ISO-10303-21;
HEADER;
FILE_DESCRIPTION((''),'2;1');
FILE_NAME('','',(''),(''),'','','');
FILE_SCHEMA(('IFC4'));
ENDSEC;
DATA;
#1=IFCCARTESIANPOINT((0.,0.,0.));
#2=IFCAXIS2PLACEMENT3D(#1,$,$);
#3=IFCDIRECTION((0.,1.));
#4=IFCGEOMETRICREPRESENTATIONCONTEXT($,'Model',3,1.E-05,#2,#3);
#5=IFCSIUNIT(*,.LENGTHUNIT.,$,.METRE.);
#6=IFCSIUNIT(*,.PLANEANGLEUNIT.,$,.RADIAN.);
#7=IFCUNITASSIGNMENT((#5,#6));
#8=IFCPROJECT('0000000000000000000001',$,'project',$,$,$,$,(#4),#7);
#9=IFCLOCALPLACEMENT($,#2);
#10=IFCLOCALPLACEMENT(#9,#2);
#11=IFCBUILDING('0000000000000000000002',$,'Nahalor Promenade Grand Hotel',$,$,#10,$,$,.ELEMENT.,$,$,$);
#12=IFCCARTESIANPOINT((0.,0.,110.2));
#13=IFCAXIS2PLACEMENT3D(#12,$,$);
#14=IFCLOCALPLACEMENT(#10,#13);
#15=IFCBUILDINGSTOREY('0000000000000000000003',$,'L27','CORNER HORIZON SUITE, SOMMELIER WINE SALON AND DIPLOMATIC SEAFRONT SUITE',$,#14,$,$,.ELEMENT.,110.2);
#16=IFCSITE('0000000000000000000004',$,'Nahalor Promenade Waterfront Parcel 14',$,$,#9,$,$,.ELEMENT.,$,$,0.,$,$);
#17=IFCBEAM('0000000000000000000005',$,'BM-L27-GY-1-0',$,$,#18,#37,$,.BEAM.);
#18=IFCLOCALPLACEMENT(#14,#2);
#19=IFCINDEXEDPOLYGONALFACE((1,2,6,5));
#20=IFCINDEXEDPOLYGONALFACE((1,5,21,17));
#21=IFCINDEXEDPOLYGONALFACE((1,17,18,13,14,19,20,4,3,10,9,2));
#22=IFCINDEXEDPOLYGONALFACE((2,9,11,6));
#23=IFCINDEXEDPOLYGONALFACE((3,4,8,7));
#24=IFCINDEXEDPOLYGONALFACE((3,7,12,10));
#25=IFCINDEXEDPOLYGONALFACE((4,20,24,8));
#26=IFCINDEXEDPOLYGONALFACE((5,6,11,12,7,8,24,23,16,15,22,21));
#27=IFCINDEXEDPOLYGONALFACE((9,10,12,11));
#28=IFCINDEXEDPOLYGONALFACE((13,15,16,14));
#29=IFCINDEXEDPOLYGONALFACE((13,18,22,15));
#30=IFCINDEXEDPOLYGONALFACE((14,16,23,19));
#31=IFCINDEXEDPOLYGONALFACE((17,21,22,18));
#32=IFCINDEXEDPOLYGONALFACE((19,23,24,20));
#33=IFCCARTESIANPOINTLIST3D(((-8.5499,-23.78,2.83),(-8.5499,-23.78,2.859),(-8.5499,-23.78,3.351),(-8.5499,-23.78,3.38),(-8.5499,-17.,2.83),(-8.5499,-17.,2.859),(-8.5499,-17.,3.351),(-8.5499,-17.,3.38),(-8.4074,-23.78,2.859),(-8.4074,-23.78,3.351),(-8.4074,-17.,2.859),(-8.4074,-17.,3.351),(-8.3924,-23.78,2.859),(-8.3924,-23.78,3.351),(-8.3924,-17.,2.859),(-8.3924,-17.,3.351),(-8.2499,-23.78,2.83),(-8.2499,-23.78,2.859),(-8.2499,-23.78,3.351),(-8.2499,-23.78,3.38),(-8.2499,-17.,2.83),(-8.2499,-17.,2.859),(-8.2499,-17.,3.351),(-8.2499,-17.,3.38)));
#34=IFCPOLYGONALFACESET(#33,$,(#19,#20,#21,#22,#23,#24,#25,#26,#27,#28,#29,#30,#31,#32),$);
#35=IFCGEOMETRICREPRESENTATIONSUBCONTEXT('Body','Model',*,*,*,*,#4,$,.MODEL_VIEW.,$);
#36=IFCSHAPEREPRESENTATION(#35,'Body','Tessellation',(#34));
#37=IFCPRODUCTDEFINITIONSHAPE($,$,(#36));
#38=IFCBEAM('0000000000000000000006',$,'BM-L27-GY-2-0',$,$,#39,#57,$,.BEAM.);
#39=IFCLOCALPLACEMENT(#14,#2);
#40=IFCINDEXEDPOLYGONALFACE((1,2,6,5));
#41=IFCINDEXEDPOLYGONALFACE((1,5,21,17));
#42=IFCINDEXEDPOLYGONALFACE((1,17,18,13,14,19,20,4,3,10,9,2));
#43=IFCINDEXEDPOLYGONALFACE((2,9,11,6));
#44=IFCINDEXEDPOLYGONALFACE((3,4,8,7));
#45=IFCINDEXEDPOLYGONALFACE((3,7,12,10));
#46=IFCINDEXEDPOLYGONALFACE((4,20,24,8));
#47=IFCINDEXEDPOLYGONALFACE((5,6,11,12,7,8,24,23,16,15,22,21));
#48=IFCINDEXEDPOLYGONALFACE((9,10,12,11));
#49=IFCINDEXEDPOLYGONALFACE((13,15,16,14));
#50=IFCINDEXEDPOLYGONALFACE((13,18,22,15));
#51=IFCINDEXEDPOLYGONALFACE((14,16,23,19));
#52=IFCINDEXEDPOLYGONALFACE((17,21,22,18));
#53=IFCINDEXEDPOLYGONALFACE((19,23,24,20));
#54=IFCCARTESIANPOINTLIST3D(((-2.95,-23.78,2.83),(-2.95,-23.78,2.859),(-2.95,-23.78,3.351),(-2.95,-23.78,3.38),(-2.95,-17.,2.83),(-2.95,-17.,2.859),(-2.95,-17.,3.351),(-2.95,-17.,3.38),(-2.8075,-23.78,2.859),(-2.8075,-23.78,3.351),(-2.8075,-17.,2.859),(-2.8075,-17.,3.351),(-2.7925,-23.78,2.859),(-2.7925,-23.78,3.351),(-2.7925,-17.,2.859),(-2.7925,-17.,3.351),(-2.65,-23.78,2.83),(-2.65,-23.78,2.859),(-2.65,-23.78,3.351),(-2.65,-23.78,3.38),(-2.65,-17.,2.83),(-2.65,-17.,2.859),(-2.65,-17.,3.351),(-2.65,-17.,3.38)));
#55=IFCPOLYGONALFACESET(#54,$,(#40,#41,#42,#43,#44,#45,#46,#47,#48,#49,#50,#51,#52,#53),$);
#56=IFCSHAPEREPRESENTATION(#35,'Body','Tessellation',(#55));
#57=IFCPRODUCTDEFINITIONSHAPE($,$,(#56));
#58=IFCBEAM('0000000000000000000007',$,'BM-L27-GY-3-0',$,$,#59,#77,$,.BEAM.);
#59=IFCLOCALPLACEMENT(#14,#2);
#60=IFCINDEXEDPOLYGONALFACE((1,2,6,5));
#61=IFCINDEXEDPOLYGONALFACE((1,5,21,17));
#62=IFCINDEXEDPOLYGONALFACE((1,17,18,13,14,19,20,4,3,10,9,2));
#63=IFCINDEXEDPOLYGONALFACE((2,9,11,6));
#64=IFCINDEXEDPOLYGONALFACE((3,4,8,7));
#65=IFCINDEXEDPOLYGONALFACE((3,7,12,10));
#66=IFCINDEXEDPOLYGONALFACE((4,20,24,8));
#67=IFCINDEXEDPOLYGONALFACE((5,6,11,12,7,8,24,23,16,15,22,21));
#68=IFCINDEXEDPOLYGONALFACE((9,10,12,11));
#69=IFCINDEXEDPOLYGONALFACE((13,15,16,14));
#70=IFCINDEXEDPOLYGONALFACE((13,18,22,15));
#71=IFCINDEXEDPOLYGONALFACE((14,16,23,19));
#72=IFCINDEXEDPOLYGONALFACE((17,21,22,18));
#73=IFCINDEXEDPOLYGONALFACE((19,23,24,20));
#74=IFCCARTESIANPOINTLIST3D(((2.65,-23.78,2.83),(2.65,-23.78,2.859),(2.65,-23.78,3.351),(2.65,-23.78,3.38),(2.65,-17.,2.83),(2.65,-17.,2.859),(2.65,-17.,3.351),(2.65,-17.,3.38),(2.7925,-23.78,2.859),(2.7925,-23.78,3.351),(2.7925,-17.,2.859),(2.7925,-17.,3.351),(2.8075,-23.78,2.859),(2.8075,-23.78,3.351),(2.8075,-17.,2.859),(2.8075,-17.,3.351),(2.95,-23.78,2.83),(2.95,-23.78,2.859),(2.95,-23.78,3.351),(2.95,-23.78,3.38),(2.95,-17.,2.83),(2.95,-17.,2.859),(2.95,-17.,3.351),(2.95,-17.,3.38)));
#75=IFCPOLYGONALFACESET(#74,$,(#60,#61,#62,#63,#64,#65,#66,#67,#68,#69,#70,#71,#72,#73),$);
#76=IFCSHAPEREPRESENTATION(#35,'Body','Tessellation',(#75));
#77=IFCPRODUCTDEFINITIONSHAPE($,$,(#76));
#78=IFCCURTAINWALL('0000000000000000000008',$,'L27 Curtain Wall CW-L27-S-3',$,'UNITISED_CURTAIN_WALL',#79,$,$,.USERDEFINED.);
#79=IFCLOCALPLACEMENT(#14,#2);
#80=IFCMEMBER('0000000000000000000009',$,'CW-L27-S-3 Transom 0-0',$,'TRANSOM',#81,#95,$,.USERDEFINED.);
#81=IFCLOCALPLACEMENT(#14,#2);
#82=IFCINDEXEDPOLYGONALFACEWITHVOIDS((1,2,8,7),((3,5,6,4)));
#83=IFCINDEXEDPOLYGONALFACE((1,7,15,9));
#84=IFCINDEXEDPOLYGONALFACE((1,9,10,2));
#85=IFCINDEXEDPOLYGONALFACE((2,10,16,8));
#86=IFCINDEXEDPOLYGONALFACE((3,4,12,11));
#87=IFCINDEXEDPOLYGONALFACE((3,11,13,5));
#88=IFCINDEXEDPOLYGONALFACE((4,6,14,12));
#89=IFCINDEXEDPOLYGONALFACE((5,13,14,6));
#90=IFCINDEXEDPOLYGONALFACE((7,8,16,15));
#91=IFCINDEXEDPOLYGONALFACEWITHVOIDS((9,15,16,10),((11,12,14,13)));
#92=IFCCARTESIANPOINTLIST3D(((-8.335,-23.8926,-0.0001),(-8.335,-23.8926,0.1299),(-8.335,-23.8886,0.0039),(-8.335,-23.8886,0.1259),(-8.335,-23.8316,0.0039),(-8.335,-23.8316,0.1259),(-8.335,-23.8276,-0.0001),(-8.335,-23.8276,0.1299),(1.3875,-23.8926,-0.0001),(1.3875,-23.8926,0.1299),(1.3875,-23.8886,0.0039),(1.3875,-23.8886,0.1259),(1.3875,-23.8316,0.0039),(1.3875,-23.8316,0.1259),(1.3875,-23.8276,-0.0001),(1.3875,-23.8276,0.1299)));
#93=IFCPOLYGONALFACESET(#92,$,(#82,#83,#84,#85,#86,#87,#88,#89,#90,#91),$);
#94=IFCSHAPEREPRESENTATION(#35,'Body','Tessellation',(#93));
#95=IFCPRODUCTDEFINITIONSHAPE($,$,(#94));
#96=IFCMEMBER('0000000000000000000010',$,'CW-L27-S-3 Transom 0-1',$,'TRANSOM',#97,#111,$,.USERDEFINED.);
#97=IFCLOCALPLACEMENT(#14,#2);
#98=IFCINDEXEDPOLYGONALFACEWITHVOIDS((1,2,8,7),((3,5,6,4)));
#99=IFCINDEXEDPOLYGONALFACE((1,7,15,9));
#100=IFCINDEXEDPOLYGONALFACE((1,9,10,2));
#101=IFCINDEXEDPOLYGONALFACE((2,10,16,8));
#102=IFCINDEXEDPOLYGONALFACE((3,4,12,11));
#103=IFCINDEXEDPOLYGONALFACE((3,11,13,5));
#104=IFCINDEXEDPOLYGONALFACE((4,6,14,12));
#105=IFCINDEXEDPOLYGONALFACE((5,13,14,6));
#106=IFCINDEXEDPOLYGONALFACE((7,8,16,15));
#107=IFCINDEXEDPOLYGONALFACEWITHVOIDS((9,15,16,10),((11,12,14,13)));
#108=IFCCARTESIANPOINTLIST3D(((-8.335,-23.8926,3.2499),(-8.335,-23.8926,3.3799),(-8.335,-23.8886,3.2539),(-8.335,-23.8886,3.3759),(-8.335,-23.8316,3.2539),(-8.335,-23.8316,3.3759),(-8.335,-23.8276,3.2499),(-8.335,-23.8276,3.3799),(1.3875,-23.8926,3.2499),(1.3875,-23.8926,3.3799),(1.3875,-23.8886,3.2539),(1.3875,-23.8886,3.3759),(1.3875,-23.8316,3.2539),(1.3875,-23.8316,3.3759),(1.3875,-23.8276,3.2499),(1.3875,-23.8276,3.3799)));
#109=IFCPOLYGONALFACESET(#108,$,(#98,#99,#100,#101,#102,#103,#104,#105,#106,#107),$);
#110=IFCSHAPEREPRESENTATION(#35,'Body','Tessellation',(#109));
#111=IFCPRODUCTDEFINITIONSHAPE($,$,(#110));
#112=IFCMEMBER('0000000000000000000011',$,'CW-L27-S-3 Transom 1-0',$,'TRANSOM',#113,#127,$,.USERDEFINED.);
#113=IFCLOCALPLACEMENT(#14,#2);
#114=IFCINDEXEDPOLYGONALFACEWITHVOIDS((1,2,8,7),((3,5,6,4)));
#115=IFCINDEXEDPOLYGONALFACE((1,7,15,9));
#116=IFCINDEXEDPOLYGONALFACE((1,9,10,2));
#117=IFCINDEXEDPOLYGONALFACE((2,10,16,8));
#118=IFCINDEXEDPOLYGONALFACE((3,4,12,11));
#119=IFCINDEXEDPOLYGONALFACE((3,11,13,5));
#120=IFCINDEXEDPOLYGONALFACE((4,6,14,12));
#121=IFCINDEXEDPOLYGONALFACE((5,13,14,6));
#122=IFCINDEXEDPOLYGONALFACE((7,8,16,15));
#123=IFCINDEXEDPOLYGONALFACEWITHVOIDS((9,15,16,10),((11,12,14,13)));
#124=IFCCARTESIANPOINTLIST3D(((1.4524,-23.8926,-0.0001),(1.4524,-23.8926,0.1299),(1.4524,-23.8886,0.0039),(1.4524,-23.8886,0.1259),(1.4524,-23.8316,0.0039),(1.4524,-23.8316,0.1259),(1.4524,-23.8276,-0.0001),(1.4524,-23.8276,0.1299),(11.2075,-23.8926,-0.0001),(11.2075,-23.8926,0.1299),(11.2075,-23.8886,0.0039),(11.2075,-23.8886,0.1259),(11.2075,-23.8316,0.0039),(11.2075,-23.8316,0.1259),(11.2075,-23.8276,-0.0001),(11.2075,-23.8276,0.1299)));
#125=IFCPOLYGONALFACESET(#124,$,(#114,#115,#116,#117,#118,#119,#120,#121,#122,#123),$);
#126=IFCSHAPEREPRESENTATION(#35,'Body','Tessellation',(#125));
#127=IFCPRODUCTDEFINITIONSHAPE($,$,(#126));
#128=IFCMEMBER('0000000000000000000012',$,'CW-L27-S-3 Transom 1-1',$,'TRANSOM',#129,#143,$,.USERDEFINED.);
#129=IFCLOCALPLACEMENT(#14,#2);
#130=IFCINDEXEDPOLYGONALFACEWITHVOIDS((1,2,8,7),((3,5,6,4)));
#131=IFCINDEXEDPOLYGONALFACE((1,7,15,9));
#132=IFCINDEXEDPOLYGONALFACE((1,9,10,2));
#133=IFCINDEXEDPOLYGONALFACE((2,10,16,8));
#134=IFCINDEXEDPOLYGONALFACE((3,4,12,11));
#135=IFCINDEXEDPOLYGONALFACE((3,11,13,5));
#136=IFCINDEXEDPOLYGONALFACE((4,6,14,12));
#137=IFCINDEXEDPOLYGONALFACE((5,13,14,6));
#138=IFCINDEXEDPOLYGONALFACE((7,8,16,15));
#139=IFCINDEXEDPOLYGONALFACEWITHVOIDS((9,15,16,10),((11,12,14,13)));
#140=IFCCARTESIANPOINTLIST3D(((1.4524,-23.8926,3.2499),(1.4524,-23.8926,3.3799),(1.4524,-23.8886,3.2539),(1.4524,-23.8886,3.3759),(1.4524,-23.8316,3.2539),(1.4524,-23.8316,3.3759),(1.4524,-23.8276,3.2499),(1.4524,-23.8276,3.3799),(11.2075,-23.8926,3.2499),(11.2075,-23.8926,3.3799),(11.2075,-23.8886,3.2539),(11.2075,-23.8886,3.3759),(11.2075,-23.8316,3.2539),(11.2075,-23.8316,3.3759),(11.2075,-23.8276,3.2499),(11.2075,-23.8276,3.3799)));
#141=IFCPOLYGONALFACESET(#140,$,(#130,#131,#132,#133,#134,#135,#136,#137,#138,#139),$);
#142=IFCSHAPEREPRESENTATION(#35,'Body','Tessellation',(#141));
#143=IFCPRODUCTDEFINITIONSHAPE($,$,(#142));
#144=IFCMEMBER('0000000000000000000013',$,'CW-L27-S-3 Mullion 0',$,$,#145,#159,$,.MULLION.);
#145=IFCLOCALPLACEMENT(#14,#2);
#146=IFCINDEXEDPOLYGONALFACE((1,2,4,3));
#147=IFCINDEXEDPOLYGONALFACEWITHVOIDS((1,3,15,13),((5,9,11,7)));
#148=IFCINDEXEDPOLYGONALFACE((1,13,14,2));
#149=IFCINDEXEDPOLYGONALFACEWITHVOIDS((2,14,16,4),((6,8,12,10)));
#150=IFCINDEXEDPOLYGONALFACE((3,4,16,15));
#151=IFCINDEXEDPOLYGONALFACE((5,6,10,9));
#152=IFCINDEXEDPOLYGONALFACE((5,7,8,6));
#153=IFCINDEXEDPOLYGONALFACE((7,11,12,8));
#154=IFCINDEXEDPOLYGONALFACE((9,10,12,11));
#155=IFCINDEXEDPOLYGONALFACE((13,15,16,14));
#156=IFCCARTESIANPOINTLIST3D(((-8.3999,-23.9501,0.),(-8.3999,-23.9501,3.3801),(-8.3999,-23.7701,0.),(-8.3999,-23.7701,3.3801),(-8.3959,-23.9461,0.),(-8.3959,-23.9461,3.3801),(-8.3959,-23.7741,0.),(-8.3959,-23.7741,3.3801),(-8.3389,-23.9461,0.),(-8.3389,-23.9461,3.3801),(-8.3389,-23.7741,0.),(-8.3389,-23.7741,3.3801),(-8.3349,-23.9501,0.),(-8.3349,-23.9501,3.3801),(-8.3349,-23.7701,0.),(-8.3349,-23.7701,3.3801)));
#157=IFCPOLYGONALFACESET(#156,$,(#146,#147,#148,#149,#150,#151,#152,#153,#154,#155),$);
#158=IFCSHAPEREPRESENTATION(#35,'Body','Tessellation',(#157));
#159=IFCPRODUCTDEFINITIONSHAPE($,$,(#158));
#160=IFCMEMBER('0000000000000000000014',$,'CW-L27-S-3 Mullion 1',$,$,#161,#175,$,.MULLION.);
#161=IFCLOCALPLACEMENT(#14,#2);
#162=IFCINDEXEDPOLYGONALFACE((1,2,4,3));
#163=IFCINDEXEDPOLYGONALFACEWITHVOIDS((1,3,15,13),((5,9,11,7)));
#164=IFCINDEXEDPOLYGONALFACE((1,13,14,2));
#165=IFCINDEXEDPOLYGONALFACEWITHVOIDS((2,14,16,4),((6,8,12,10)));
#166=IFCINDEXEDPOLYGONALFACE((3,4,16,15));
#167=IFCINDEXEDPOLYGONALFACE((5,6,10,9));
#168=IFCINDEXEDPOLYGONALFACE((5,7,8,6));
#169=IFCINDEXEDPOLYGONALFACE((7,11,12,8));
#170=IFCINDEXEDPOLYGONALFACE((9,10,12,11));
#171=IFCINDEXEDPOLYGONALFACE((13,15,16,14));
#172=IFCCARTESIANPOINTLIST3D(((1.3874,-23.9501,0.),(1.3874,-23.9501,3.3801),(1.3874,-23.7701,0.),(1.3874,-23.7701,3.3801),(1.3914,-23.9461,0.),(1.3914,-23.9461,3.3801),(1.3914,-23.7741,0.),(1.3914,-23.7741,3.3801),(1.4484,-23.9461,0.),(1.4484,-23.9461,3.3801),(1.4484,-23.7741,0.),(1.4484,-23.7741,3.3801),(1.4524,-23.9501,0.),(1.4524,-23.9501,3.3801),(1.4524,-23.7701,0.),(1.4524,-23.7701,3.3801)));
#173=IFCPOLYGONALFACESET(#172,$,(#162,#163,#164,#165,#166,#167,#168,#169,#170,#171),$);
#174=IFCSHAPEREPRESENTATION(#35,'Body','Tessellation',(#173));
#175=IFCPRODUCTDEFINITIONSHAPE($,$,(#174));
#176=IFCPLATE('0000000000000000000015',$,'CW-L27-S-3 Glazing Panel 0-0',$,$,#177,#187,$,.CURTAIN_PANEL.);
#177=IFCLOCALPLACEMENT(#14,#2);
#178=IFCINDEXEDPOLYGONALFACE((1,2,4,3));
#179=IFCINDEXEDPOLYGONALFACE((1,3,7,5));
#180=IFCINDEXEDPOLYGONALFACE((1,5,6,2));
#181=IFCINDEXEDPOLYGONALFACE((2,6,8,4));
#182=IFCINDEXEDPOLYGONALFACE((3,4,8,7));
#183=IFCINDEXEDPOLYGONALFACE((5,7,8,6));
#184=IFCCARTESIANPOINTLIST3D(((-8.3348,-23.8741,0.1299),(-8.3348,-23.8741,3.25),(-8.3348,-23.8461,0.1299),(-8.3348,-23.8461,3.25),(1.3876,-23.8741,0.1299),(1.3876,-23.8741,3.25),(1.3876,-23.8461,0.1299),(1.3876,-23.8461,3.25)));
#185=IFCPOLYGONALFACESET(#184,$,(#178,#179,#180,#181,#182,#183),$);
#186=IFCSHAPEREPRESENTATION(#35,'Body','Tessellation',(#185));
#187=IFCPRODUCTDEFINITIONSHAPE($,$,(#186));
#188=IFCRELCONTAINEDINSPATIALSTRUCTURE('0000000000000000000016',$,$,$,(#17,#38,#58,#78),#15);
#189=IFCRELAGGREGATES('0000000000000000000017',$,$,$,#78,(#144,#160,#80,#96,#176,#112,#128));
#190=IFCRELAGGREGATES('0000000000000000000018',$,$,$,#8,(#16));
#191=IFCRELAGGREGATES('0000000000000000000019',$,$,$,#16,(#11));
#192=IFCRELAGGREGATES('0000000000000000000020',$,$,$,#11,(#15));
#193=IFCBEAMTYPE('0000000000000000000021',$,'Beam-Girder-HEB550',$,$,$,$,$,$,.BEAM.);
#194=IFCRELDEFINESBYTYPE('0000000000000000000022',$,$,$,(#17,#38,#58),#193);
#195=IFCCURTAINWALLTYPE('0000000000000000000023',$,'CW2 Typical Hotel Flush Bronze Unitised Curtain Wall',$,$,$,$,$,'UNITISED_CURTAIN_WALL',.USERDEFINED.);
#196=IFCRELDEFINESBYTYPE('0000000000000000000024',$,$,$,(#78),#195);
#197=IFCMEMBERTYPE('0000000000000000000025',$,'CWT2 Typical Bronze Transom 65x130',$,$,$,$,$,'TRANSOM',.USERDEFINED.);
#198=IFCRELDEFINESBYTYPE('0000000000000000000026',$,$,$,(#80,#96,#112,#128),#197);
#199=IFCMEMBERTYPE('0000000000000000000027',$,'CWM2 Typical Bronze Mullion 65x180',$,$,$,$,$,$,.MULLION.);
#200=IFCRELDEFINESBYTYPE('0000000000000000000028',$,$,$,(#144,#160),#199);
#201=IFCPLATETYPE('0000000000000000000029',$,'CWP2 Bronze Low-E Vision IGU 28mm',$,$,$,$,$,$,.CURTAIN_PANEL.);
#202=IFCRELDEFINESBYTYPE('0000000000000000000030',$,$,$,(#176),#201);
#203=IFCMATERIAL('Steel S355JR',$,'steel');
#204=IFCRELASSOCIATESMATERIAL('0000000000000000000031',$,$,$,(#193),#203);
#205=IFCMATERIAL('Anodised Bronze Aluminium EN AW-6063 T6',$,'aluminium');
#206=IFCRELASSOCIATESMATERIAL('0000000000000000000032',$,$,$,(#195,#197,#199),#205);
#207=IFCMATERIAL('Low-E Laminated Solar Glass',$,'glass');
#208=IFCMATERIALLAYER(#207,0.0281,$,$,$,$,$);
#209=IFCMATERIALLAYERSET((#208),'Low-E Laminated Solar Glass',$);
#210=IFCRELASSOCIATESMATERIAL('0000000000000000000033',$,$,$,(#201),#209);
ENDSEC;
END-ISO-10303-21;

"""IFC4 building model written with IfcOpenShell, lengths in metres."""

from ifc_helpers import new_model, si_unit, direction, frame, origin, origin_2d, place, context, subcontext, project, spatial, rectangle, hollow_rectangle, i_section, extrude, source, transform, mapped, material, layer, layer_set, material_profile, profile_set, type_object, element, aggregate, save


model = new_model("IFC4")

# Units and contexts
model_context = context("Model", 3, precision=1e-05, world=origin(), true_north=direction((0.0, 1.0)))
body_context = subcontext(model_context, "Body", "Model", "MODEL_VIEW")
ifc_project = project(units=[si_unit("LENGTHUNIT", "METRE"), si_unit("PLANEANGLEUNIT", "RADIAN")], contexts=[model_context])

# Site, building, storey
site_placement = place(None, origin())
site = spatial("IfcSite", under=ifc_project, at=site_placement, Name="Nahalor Promenade Waterfront Parcel 14", CompositionType="ELEMENT", RefElevation=0.0)
building_placement = place(site_placement, origin())
building = spatial("IfcBuilding", under=site, at=building_placement, Name="Nahalor Promenade Grand Hotel", CompositionType="ELEMENT")
storey_placement = place(building_placement, frame((0.0, 0.0, 110.2)))
storey = spatial("IfcBuildingStorey", under=building, at=storey_placement, Name="L27", Description="CORNER HORIZON SUITE, SOMMELIER WINE SALON AND DIPLOMATIC SEAFRONT SUITE", CompositionType="ELEMENT", Elevation=110.2)

# Beams
ifc_material_1 = material(Name="Steel S355JR", Category="steel")
ifc_material_profile_1 = material_profile(ifc_material_1, i_section(OverallWidth=0.3, OverallDepth=0.55, WebThickness=0.015, FlangeThickness=0.029, at=origin_2d()), Name="HEB 550")
ifc_profile_set_1 = profile_set([ifc_material_profile_1], Name="Steel S355JR")
beam_type_1 = type_object("IfcBeamType", Name="Beam-Girder-HEB550", PredefinedType="BEAM", material=ifc_profile_set_1)
shared_shape_1 = source(origin(), body_context, "Body", "SweptSolid", [
    extrude(i_section(OverallWidth=0.3, OverallDepth=0.55, WebThickness=0.015, FlangeThickness=0.029, at=origin_2d()), origin(), (0.0, 0.0, 1.0), 6.78),
])
for number, where, z_axis, x_axis, name in (
    (1, (-8.3999, -23.78, 3.105), (0.0, 1.0, 0.0), (-1.0, 0.0, 0.0), "BM-L27-GY-1-0"),
    (2, (-2.8, -23.78, 3.105), (0.0, 1.0, 0.0), (-1.0, 0.0, 0.0), "BM-L27-GY-2-0"),
    (3, (2.8, -23.78, 3.105), (0.0, 1.0, 0.0), (-1.0, 0.0, 0.0), "BM-L27-GY-3-0"),
):
    element("IfcBeam", number, at=place(storey_placement, frame(where, z_axis=z_axis, x_axis=x_axis)), inside=storey, type_object=beam_type_1, Name=name, PredefinedType="BEAM", context=body_context, shape_type="MappedRepresentation", body=[
        mapped(shared_shape_1, transform((0.0, 0.0, 0.0), scale=1.0)),
    ])

# Curtain wall, members, plate
ifc_material_2 = material(Name="Anodised Bronze Aluminium EN AW-6063 T6", Category="aluminium")
curtain_wall_type = type_object("IfcCurtainWallType", Name="CW2 Typical Hotel Flush Bronze Unitised Curtain Wall", ElementType="UNITISED_CURTAIN_WALL", PredefinedType="USERDEFINED", material=ifc_material_2)
curtain_wall_placement = place(storey_placement, origin())
curtain_wall = element("IfcCurtainWall", 4, at=curtain_wall_placement, inside=storey, type_object=curtain_wall_type, Name="L27 Curtain Wall CW-L27-S-3", ObjectType="UNITISED_CURTAIN_WALL", PredefinedType="USERDEFINED")
ifc_material_profile_2 = material_profile(ifc_material_2, hollow_rectangle(XDim=0.065, YDim=0.13, WallThickness=0.004, at=origin_2d()), Name="CWT 65x130x4")
ifc_profile_set_2 = profile_set([ifc_material_profile_2], Name="Anodised Bronze Aluminium EN AW-6063 T6")
member_type_1 = type_object("IfcMemberType", Name="CWT2 Typical Bronze Transom 65x130", ElementType="TRANSOM", PredefinedType="USERDEFINED", material=ifc_profile_set_2)
shared_shape_2 = source(origin(), body_context, "Body", "SweptSolid", [
    extrude(hollow_rectangle(XDim=0.065, YDim=0.13, WallThickness=0.004, at=origin_2d()), origin(), (0.0, 0.0, 1.0), 9.7224),
])
member_1_placement = place(storey_placement, frame((-8.335, -23.8601, 0.0649), z_axis=(1.0, 0.0, 0.0), x_axis=(0.0, 1.0, 0.0)))
member_1 = element("IfcMember", 5, at=member_1_placement, type_object=member_type_1, Name="CW-L27-S-3 Transom 0-0", ObjectType="TRANSOM", PredefinedType="USERDEFINED", context=body_context, shape_type="MappedRepresentation", body=[
    mapped(shared_shape_2, transform((0.0, 0.0, 0.0), scale=1.0)),
])
member_2_placement = place(storey_placement, frame((-8.335, -23.8601, 3.3149), z_axis=(1.0, 0.0, 0.0), x_axis=(0.0, 1.0, 0.0)))
member_2 = element("IfcMember", 6, at=member_2_placement, type_object=member_type_1, Name="CW-L27-S-3 Transom 0-1", ObjectType="TRANSOM", PredefinedType="USERDEFINED", context=body_context, shape_type="MappedRepresentation", body=[
    mapped(shared_shape_2, transform((0.0, 0.0, 0.0), scale=1.0)),
])
shared_shape_3 = source(origin(), body_context, "Body", "SweptSolid", [
    extrude(hollow_rectangle(XDim=0.065, YDim=0.13, WallThickness=0.004, at=origin_2d()), origin(), (0.0, 0.0, 1.0), 9.7551),
])
member_3_placement = place(storey_placement, frame((1.4524, -23.8601, 0.0649), z_axis=(1.0, 0.0, 0.0), x_axis=(0.0, 1.0, 0.0)))
member_3 = element("IfcMember", 7, at=member_3_placement, type_object=member_type_1, Name="CW-L27-S-3 Transom 1-0", ObjectType="TRANSOM", PredefinedType="USERDEFINED", context=body_context, shape_type="MappedRepresentation", body=[
    mapped(shared_shape_3, transform((0.0, 0.0, 0.0), scale=1.0)),
])
member_4_placement = place(storey_placement, frame((1.4524, -23.8601, 3.3149), z_axis=(1.0, 0.0, 0.0), x_axis=(0.0, 1.0, 0.0)))
member_4 = element("IfcMember", 8, at=member_4_placement, type_object=member_type_1, Name="CW-L27-S-3 Transom 1-1", ObjectType="TRANSOM", PredefinedType="USERDEFINED", context=body_context, shape_type="MappedRepresentation", body=[
    mapped(shared_shape_3, transform((0.0, 0.0, 0.0), scale=1.0)),
])
ifc_material_profile_3 = material_profile(ifc_material_2, hollow_rectangle(XDim=0.065, YDim=0.18, WallThickness=0.004, at=origin_2d()), Name="CWM 65x180x4")
ifc_profile_set_3 = profile_set([ifc_material_profile_3], Name="Anodised Bronze Aluminium EN AW-6063 T6")
member_type_2 = type_object("IfcMemberType", Name="CWM2 Typical Bronze Mullion 65x180", PredefinedType="MULLION", material=ifc_profile_set_3)
shared_shape_4 = source(origin(), body_context, "Body", "SweptSolid", [
    extrude(hollow_rectangle(XDim=0.065, YDim=0.18, WallThickness=0.004, at=origin_2d()), origin(), (0.0, 0.0, 1.0), 3.3801),
])
member_5_placement = place(storey_placement, frame((-8.3674, -23.8601, 0.0), z_axis=(0.0, 0.0, 1.0), x_axis=(1.0, 0.0, 0.0)))
member_5 = element("IfcMember", 9, at=member_5_placement, type_object=member_type_2, Name="CW-L27-S-3 Mullion 0", PredefinedType="MULLION", context=body_context, shape_type="MappedRepresentation", body=[
    mapped(shared_shape_4, transform((0.0, 0.0, 0.0), scale=1.0)),
])
member_6_placement = place(storey_placement, frame((1.4199, -23.8601, 0.0), z_axis=(0.0, 0.0, 1.0), x_axis=(1.0, 0.0, 0.0)))
member_6 = element("IfcMember", 10, at=member_6_placement, type_object=member_type_2, Name="CW-L27-S-3 Mullion 1", PredefinedType="MULLION", context=body_context, shape_type="MappedRepresentation", body=[
    mapped(shared_shape_4, transform((0.0, 0.0, 0.0), scale=1.0)),
])
ifc_material_3 = material(Name="Low-E Laminated Solar Glass", Category="glass")
ifc_layer_1 = layer(ifc_material_3, 0.0281)
ifc_layer_set_1 = layer_set([ifc_layer_1], Name="Low-E Laminated Solar Glass")
plate_type = type_object("IfcPlateType", Name="CWP2 Bronze Low-E Vision IGU 28mm", PredefinedType="CURTAIN_PANEL", material=ifc_layer_set_1)
shared_shape_5 = source(origin(), body_context, "Body", "SweptSolid", [
    extrude(rectangle(XDim=9.7224, YDim=0.0281, at=origin_2d()), origin(), (0.0, 0.0, 1.0), 3.1201),
])
plate_placement = place(storey_placement, frame((-3.4736, -23.8601, 0.1299), z_axis=(0.0, 0.0, 1.0), x_axis=(1.0, 0.0, 0.0)))
plate = element("IfcPlate", 11, at=plate_placement, type_object=plate_type, Name="CW-L27-S-3 Glazing Panel 0-0", PredefinedType="CURTAIN_PANEL", context=body_context, shape_type="MappedRepresentation", body=[
    mapped(shared_shape_5, transform((0.0, 0.0, 0.0), scale=1.0)),
])
aggregate(curtain_wall, [member_5, member_6, member_1, member_2, plate, member_3, member_4])

save(model, "model.ifc")
